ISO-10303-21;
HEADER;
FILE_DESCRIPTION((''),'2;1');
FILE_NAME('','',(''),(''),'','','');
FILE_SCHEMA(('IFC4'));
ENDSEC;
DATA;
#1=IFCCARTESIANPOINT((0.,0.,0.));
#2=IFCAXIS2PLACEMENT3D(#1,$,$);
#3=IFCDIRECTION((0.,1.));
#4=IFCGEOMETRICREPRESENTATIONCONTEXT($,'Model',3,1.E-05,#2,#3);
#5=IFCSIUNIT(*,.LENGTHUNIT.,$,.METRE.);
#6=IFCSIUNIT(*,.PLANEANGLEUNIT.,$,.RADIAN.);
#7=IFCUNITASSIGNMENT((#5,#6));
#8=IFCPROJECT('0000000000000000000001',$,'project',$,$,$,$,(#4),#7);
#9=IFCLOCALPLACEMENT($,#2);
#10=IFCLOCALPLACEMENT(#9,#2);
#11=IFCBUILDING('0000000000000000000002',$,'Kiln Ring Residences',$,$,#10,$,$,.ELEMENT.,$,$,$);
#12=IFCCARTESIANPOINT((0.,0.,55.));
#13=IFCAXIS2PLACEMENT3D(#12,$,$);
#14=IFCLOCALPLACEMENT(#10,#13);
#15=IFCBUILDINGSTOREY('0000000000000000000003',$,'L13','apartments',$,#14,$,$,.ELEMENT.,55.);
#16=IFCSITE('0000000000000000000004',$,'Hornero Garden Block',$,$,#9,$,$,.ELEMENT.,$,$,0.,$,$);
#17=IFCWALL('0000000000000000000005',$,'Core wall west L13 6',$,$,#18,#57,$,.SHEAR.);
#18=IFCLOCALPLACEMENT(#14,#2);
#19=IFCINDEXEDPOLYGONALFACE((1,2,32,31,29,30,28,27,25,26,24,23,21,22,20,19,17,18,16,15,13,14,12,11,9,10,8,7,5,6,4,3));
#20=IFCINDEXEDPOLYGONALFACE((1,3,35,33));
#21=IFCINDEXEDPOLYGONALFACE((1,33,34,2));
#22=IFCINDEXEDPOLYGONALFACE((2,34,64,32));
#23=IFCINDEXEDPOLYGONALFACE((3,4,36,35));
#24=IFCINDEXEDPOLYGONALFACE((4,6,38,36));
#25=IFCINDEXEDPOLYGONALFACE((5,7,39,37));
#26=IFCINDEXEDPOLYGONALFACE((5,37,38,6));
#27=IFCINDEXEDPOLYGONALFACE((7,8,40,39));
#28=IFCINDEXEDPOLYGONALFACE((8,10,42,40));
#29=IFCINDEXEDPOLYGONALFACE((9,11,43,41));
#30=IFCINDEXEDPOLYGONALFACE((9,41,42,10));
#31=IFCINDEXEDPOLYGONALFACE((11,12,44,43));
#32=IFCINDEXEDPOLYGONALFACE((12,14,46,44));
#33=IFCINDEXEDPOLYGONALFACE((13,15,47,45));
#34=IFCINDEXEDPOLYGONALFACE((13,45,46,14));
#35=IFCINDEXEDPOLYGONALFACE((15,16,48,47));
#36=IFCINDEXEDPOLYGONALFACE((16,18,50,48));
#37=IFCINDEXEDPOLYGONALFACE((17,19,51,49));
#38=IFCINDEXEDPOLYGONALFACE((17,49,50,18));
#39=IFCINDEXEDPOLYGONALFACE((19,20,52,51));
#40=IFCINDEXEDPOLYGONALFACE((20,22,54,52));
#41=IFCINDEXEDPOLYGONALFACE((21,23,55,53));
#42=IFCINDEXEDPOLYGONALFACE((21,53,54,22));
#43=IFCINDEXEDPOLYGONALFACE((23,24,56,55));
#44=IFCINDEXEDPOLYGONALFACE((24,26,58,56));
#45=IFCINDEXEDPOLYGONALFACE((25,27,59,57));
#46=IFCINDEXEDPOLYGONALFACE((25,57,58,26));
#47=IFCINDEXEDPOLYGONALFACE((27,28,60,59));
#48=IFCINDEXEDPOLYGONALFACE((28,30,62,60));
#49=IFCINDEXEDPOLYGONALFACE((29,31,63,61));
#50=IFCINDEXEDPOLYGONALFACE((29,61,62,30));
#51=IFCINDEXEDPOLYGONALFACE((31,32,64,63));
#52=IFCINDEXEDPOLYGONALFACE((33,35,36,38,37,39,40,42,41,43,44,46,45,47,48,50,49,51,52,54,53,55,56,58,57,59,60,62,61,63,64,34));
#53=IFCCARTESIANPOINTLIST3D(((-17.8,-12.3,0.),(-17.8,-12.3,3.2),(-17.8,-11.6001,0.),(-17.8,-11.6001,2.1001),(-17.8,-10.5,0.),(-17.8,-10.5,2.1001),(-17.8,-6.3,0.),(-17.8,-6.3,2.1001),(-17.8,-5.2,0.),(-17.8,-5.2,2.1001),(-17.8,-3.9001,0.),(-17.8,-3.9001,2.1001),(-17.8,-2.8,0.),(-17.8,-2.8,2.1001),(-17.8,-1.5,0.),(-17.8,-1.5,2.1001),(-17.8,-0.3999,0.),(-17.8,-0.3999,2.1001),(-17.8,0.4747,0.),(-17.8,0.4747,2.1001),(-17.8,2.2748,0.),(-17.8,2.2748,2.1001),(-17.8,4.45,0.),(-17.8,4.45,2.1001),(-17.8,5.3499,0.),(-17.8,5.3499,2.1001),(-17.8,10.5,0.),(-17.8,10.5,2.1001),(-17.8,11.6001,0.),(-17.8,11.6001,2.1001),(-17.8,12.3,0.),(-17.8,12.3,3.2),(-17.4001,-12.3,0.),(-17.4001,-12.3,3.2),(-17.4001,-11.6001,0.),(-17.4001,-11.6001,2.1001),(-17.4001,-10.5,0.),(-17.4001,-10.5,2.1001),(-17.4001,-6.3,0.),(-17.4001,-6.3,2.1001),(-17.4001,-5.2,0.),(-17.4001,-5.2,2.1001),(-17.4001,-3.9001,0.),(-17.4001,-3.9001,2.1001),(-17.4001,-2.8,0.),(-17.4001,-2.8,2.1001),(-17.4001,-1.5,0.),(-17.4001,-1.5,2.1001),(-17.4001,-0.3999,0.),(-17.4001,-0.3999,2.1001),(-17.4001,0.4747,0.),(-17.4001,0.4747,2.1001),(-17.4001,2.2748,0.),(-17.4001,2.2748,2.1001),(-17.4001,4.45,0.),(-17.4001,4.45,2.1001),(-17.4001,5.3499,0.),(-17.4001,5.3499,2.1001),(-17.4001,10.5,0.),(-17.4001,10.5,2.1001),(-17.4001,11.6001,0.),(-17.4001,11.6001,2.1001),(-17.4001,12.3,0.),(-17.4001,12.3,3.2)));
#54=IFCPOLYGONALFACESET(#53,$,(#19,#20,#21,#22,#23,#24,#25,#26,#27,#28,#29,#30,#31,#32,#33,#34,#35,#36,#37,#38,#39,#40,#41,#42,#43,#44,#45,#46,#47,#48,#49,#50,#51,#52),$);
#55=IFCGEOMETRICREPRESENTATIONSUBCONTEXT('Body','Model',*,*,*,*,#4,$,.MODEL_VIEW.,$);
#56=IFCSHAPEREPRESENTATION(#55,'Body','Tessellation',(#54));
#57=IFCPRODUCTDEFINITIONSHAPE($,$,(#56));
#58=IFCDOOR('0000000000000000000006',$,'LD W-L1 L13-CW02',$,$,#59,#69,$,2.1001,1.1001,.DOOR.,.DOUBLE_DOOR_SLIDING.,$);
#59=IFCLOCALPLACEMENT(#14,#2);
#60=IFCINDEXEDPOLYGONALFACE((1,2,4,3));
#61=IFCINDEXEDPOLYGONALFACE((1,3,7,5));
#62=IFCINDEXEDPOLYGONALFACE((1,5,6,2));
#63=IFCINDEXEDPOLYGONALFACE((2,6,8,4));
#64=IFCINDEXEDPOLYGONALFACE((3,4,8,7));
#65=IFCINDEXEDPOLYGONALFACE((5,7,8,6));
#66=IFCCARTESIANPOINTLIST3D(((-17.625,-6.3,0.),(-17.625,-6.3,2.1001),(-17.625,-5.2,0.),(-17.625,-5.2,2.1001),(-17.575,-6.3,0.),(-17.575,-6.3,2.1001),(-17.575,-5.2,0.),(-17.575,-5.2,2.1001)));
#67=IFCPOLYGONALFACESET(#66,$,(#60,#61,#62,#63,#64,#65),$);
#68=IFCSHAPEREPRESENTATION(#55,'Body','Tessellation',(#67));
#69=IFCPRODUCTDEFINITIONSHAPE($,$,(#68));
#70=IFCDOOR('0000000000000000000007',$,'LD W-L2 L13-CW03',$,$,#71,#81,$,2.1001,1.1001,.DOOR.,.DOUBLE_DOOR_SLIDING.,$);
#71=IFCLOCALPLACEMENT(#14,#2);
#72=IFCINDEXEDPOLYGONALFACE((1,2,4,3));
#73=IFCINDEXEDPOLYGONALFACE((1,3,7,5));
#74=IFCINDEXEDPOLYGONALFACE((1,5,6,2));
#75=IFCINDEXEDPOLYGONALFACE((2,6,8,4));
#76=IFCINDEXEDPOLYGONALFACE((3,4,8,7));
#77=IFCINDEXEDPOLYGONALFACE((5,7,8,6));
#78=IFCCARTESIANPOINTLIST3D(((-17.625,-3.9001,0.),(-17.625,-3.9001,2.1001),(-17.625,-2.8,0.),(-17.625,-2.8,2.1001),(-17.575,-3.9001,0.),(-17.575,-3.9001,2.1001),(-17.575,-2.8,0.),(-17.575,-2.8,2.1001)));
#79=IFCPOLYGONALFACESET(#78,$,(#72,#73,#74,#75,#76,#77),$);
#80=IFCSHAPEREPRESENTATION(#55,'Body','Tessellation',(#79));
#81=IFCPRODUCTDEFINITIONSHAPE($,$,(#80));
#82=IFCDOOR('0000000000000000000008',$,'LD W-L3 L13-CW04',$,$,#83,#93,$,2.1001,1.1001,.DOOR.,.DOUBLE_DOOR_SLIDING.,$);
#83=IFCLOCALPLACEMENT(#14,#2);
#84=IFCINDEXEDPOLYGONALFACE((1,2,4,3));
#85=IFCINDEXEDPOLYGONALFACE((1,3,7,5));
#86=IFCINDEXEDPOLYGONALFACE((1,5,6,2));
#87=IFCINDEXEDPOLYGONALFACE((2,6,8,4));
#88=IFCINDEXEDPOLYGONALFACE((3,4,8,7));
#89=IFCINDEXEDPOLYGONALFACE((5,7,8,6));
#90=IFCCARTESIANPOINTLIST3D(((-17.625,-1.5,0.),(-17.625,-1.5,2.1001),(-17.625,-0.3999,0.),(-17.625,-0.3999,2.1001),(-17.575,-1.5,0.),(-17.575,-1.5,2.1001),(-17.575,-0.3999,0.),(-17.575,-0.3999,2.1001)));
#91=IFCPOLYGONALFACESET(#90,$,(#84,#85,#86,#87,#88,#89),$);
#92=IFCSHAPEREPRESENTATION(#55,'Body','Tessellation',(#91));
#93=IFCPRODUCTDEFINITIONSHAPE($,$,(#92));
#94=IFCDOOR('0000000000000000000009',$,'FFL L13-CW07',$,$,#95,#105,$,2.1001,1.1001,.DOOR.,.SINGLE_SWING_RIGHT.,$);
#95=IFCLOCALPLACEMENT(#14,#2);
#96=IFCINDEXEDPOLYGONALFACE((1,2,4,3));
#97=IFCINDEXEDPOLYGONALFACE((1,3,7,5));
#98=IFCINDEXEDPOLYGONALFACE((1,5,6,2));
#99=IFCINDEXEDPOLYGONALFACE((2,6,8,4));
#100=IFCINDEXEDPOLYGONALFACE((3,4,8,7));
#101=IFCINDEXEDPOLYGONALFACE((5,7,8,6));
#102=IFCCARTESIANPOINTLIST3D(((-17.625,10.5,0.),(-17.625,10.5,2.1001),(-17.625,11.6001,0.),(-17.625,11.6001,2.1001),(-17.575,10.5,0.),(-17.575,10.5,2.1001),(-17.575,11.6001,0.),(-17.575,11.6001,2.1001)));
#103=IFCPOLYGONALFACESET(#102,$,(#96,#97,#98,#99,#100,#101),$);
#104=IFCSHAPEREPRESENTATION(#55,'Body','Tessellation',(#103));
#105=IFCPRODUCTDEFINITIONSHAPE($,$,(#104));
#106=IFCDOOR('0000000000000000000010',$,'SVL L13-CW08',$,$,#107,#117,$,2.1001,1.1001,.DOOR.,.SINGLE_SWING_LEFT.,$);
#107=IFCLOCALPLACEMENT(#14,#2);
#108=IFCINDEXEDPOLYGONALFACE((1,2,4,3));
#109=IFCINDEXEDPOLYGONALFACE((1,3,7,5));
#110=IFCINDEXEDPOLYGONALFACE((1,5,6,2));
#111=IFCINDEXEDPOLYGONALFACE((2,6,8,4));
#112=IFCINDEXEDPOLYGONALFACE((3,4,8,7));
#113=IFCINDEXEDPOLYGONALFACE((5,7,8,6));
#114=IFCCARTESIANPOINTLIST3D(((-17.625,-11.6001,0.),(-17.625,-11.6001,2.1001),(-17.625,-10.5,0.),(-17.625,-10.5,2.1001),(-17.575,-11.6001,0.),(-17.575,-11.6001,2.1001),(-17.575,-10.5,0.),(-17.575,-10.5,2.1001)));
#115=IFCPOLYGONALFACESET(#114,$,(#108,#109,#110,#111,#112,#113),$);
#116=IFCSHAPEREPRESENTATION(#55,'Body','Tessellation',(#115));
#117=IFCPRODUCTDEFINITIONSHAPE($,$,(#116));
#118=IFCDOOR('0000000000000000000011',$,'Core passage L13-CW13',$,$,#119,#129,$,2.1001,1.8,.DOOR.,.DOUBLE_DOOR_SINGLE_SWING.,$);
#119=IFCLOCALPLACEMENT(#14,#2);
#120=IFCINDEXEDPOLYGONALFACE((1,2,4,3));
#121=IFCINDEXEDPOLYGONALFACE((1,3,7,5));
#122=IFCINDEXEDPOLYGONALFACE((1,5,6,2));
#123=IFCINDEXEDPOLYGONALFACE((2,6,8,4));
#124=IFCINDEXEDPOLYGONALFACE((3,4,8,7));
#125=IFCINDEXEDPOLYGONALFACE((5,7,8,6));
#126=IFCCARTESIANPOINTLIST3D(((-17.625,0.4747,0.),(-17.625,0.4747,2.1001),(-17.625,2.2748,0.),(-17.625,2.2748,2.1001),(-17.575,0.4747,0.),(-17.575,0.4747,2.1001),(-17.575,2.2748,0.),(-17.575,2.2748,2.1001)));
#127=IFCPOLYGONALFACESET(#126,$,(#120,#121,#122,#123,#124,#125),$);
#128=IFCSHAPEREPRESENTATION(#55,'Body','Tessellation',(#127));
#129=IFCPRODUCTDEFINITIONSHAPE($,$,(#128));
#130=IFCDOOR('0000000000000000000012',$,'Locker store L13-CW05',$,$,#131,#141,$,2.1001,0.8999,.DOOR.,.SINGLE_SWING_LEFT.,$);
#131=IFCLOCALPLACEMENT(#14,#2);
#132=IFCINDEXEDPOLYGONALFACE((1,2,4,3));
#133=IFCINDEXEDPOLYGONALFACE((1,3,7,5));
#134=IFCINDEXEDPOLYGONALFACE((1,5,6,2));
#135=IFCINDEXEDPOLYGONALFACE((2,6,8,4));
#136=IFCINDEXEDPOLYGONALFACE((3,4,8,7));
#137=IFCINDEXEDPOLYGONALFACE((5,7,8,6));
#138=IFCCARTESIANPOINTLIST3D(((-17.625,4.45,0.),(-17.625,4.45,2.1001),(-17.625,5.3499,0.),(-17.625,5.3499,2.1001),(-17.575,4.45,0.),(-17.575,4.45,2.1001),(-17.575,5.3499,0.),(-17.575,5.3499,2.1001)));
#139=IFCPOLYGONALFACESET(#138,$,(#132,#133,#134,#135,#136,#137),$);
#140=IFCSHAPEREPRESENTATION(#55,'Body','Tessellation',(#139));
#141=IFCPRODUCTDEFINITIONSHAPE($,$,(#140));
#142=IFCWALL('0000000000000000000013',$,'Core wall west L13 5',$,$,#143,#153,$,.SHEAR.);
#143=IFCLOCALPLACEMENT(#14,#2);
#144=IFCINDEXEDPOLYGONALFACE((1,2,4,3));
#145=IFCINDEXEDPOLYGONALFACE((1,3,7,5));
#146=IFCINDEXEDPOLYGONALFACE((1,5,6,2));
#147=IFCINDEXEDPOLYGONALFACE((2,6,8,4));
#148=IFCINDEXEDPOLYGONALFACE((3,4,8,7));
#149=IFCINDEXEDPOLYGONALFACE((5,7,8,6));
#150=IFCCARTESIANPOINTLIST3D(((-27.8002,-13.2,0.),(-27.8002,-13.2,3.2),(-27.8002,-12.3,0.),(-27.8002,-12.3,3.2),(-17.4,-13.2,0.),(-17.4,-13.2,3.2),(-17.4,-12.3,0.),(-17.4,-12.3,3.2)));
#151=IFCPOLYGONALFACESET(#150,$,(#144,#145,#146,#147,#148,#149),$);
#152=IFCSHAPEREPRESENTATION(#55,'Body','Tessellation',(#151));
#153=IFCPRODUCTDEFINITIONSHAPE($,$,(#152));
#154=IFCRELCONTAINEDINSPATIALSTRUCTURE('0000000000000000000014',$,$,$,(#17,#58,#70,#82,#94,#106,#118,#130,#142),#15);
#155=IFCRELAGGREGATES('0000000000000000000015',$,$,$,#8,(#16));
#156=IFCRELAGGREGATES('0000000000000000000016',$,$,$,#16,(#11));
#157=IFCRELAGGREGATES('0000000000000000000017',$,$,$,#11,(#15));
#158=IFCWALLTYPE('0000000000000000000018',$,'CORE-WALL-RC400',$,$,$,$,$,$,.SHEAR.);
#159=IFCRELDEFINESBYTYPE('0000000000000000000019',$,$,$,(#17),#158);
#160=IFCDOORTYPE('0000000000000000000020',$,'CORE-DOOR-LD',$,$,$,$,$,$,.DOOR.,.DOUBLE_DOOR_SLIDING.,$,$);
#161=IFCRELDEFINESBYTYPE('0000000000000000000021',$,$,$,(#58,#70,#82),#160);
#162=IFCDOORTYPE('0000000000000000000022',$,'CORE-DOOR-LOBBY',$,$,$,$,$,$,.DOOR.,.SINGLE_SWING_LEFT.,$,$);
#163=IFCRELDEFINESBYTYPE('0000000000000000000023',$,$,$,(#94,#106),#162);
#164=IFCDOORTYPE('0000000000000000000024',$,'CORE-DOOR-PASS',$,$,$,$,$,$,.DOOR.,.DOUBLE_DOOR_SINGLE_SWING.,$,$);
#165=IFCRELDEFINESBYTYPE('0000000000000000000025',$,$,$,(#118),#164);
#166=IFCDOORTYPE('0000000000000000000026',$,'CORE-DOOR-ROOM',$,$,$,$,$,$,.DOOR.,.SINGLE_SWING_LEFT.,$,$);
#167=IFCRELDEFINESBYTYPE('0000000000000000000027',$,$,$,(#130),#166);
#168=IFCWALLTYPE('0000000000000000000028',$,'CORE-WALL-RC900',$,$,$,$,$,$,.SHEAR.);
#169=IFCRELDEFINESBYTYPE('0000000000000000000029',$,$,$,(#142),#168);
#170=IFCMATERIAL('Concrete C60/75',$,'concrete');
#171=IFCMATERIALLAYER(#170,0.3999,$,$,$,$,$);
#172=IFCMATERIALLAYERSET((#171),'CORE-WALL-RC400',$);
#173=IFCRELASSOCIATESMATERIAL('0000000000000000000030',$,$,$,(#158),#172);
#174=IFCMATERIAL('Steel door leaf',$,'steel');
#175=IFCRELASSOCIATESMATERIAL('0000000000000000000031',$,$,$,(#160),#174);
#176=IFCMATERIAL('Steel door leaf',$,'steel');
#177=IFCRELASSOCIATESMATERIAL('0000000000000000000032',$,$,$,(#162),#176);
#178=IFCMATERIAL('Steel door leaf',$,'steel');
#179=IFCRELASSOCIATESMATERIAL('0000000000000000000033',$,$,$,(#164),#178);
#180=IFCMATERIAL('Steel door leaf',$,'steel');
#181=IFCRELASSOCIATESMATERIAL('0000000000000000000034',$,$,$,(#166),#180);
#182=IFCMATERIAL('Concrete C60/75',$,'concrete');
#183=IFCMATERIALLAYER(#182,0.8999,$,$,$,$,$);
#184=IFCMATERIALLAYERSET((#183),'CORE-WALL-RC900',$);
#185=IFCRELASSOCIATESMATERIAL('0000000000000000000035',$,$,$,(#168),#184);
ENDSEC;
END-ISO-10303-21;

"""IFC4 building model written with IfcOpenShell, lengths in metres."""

from ifc_helpers import new_model, si_unit, direction, frame, frame_2d, origin, place, context, subcontext, project, spatial, rectangle, extrude, material, layer, layer_set, type_object, element, fill, save


model = new_model("IFC4")

# Units and contexts
model_context = context("Model", 3, precision=1e-05, world=origin(), true_north=direction((0.0, 1.0)))
body_context = subcontext(model_context, "Body", "Model", "MODEL_VIEW")
ifc_project = project(units=[si_unit("LENGTHUNIT", "METRE"), si_unit("PLANEANGLEUNIT", "RADIAN")], contexts=[model_context])

# Site, building, storey
site_placement = place(None, origin())
site = spatial("IfcSite", under=ifc_project, at=site_placement, Name="Hornero Garden Block", CompositionType="ELEMENT", RefElevation=0.0)
building_placement = place(site_placement, origin())
building = spatial("IfcBuilding", under=site, at=building_placement, Name="Kiln Ring Residences", CompositionType="ELEMENT")
storey_placement = place(building_placement, frame((0.0, 0.0, 55.0)))
storey = spatial("IfcBuildingStorey", under=building, at=storey_placement, Name="L13", Description="apartments", CompositionType="ELEMENT", Elevation=55.0)

# Wall, openings, doors
ifc_material_1 = material(Name="Concrete C60/75", Category="concrete")
ifc_layer_1 = layer(ifc_material_1, 0.3999)
ifc_layer_set_1 = layer_set([ifc_layer_1], Name="CORE-WALL-RC400")
wall_type_1 = type_object("IfcWallType", Name="CORE-WALL-RC400", PredefinedType="SHEAR", material=ifc_layer_set_1)
wall_1_placement = place(storey_placement, frame((-17.6001, -12.3, 0.0), z_axis=(0.0, 0.0, 1.0), x_axis=(0.0, 1.0, 0.0)))
wall_1 = element("IfcWall", 1, at=wall_1_placement, inside=storey, type_object=wall_type_1, Name="Core wall west L13 6", PredefinedType="SHEAR", context=body_context, shape_type="SweptSolid", body=[
    extrude(rectangle(XDim=24.6001, YDim=0.3999, at=frame_2d((12.3, 0.0))), origin(), (0.0, 0.0, 1.0), 3.2),
])
opening_1_placement = place(wall_1_placement, frame((6.0, 0.0, 0.0)))
opening_1 = element("IfcOpeningElement", 2, at=opening_1_placement, cuts=wall_1, PredefinedType="OPENING", context=body_context, shape_type="SweptSolid", body=[
    extrude(rectangle(XDim=1.1001, YDim=2.1001, at=frame_2d((0.55, 1.05))), frame((0.0, 0.21, 0.0), z_axis=(0.0, -1.0, 0.0), x_axis=(1.0, 0.0, 0.0)), (0.0, 0.0, 1.0), 0.4199),
])
opening_2_placement = place(wall_1_placement, frame((8.3999, 0.0, 0.0)))
opening_2 = element("IfcOpeningElement", 3, at=opening_2_placement, cuts=wall_1, PredefinedType="OPENING", context=body_context, shape_type="SweptSolid", body=[
    extrude(rectangle(XDim=1.1001, YDim=2.1001, at=frame_2d((0.55, 1.05))), frame((0.0, 0.21, 0.0), z_axis=(0.0, -1.0, 0.0), x_axis=(1.0, 0.0, 0.0)), (0.0, 0.0, 1.0), 0.4199),
])
opening_3_placement = place(wall_1_placement, frame((10.8, 0.0, 0.0)))
opening_3 = element("IfcOpeningElement", 4, at=opening_3_placement, cuts=wall_1, PredefinedType="OPENING", context=body_context, shape_type="SweptSolid", body=[
    extrude(rectangle(XDim=1.1001, YDim=2.1001, at=frame_2d((0.55, 1.05))), frame((0.0, 0.21, 0.0), z_axis=(0.0, -1.0, 0.0), x_axis=(1.0, 0.0, 0.0)), (0.0, 0.0, 1.0), 0.4199),
])
opening_4_placement = place(wall_1_placement, frame((16.75, 0.0, 0.0)))
opening_4 = element("IfcOpeningElement", 5, at=opening_4_placement, cuts=wall_1, PredefinedType="OPENING", context=body_context, shape_type="SweptSolid", body=[
    extrude(rectangle(XDim=0.8999, YDim=2.1001, at=frame_2d((0.45, 1.05))), frame((0.0, 0.21, 0.0), z_axis=(0.0, -1.0, 0.0), x_axis=(1.0, 0.0, 0.0)), (0.0, 0.0, 1.0), 0.4199),
])
opening_5_placement = place(wall_1_placement, frame((22.8, 0.0, 0.0)))
opening_5 = element("IfcOpeningElement", 6, at=opening_5_placement, cuts=wall_1, PredefinedType="OPENING", context=body_context, shape_type="SweptSolid", body=[
    extrude(rectangle(XDim=1.1001, YDim=2.1001, at=frame_2d((0.55, 1.05))), frame((0.0, 0.21, 0.0), z_axis=(0.0, -1.0, 0.0), x_axis=(1.0, 0.0, 0.0)), (0.0, 0.0, 1.0), 0.4199),
])
opening_6_placement = place(wall_1_placement, frame((0.7, 0.0, 0.0)))
opening_6 = element("IfcOpeningElement", 7, at=opening_6_placement, cuts=wall_1, PredefinedType="OPENING", context=body_context, shape_type="SweptSolid", body=[
    extrude(rectangle(XDim=1.1001, YDim=2.1001, at=frame_2d((0.55, 1.05))), frame((0.0, 0.21, 0.0), z_axis=(0.0, -1.0, 0.0), x_axis=(1.0, 0.0, 0.0)), (0.0, 0.0, 1.0), 0.4199),
])
opening_7_placement = place(wall_1_placement, frame((12.7749, 0.0, 0.0)))
opening_7 = element("IfcOpeningElement", 8, at=opening_7_placement, cuts=wall_1, PredefinedType="OPENING", context=body_context, shape_type="SweptSolid", body=[
    extrude(rectangle(XDim=1.8, YDim=2.1001, at=frame_2d((0.8999, 1.05))), frame((0.0, 0.21, 0.0), z_axis=(0.0, -1.0, 0.0), x_axis=(1.0, 0.0, 0.0)), (0.0, 0.0, 1.0), 0.4199),
])
ifc_material_2 = material(Name="Steel door leaf", Category="steel")
door_type_1 = type_object("IfcDoorType", Name="CORE-DOOR-LD", OperationType="DOUBLE_DOOR_SLIDING", PredefinedType="DOOR", material=ifc_material_2)
door_1_placement = place(opening_1_placement, origin())
door_1 = element("IfcDoor", 9, at=door_1_placement, inside=storey, type_object=door_type_1, Name="LD W-L1 L13-CW02", OperationType="DOUBLE_DOOR_SLIDING", OverallHeight=2.1001, OverallWidth=1.1001, PredefinedType="DOOR", context=body_context, shape_type="SweptSolid", body=[
    extrude(rectangle(XDim=1.1001, YDim=2.1001, at=frame_2d((0.55, 1.05))), frame((0.0, 0.0249, 0.0), z_axis=(0.0, -1.0, 0.0), x_axis=(1.0, 0.0, 0.0)), (0.0, 0.0, 1.0), 0.05),
])
fill(opening_1, door_1)
door_2_placement = place(opening_2_placement, origin())
door_2 = element("IfcDoor", 10, at=door_2_placement, inside=storey, type_object=door_type_1, Name="LD W-L2 L13-CW03", OperationType="DOUBLE_DOOR_SLIDING", OverallHeight=2.1001, OverallWidth=1.1001, PredefinedType="DOOR", context=body_context, shape_type="SweptSolid", body=[
    extrude(rectangle(XDim=1.1001, YDim=2.1001, at=frame_2d((0.55, 1.05))), frame((0.0, 0.0249, 0.0), z_axis=(0.0, -1.0, 0.0), x_axis=(1.0, 0.0, 0.0)), (0.0, 0.0, 1.0), 0.05),
])
fill(opening_2, door_2)
door_3_placement = place(opening_3_placement, origin())
door_3 = element("IfcDoor", 11, at=door_3_placement, inside=storey, type_object=door_type_1, Name="LD W-L3 L13-CW04", OperationType="DOUBLE_DOOR_SLIDING", OverallHeight=2.1001, OverallWidth=1.1001, PredefinedType="DOOR", context=body_context, shape_type="SweptSolid", body=[
    extrude(rectangle(XDim=1.1001, YDim=2.1001, at=frame_2d((0.55, 1.05))), frame((0.0, 0.0249, 0.0), z_axis=(0.0, -1.0, 0.0), x_axis=(1.0, 0.0, 0.0)), (0.0, 0.0, 1.0), 0.05),
])
fill(opening_3, door_3)
ifc_material_3 = material(Name="Steel door leaf", Category="steel")
door_type_2 = type_object("IfcDoorType", Name="CORE-DOOR-LOBBY", OperationType="SINGLE_SWING_LEFT", PredefinedType="DOOR", material=ifc_material_3)
door_4_placement = place(opening_5_placement, origin())
door_4 = element("IfcDoor", 12, at=door_4_placement, inside=storey, type_object=door_type_2, Name="FFL L13-CW07", OperationType="SINGLE_SWING_RIGHT", OverallHeight=2.1001, OverallWidth=1.1001, PredefinedType="DOOR", context=body_context, shape_type="SweptSolid", body=[
    extrude(rectangle(XDim=1.1001, YDim=2.1001, at=frame_2d((0.55, 1.05))), frame((0.0, 0.0249, 0.0), z_axis=(0.0, -1.0, 0.0), x_axis=(1.0, 0.0, 0.0)), (0.0, 0.0, 1.0), 0.05),
])
fill(opening_5, door_4)
door_5_placement = place(opening_6_placement, origin())
door_5 = element("IfcDoor", 13, at=door_5_placement, inside=storey, type_object=door_type_2, Name="SVL L13-CW08", OperationType="SINGLE_SWING_LEFT", OverallHeight=2.1001, OverallWidth=1.1001, PredefinedType="DOOR", context=body_context, shape_type="SweptSolid", body=[
    extrude(rectangle(XDim=1.1001, YDim=2.1001, at=frame_2d((0.55, 1.05))), frame((0.0, 0.0249, 0.0), z_axis=(0.0, -1.0, 0.0), x_axis=(1.0, 0.0, 0.0)), (0.0, 0.0, 1.0), 0.05),
])
fill(opening_6, door_5)
ifc_material_4 = material(Name="Steel door leaf", Category="steel")
door_type_3 = type_object("IfcDoorType", Name="CORE-DOOR-PASS", OperationType="DOUBLE_DOOR_SINGLE_SWING", PredefinedType="DOOR", material=ifc_material_4)
door_6_placement = place(opening_7_placement, origin())
door_6 = element("IfcDoor", 14, at=door_6_placement, inside=storey, type_object=door_type_3, Name="Core passage L13-CW13", OperationType="DOUBLE_DOOR_SINGLE_SWING", OverallHeight=2.1001, OverallWidth=1.8, PredefinedType="DOOR", context=body_context, shape_type="SweptSolid", body=[
    extrude(rectangle(XDim=1.8, YDim=2.1001, at=frame_2d((0.8999, 1.05))), frame((0.0, 0.0249, 0.0), z_axis=(0.0, -1.0, 0.0), x_axis=(1.0, 0.0, 0.0)), (0.0, 0.0, 1.0), 0.05),
])
fill(opening_7, door_6)
ifc_material_5 = material(Name="Steel door leaf", Category="steel")
door_type_4 = type_object("IfcDoorType", Name="CORE-DOOR-ROOM", OperationType="SINGLE_SWING_LEFT", PredefinedType="DOOR", material=ifc_material_5)
door_7_placement = place(opening_4_placement, origin())
door_7 = element("IfcDoor", 15, at=door_7_placement, inside=storey, type_object=door_type_4, Name="Locker store L13-CW05", OperationType="SINGLE_SWING_LEFT", OverallHeight=2.1001, OverallWidth=0.8999, PredefinedType="DOOR", context=body_context, shape_type="SweptSolid", body=[
    extrude(rectangle(XDim=0.8999, YDim=2.1001, at=frame_2d((0.45, 1.05))), frame((0.0, 0.0249, 0.0), z_axis=(0.0, -1.0, 0.0), x_axis=(1.0, 0.0, 0.0)), (0.0, 0.0, 1.0), 0.05),
])
fill(opening_4, door_7)

# Wall
ifc_material_6 = material(Name="Concrete C60/75", Category="concrete")
ifc_layer_2 = layer(ifc_material_6, 0.8999)
ifc_layer_set_2 = layer_set([ifc_layer_2], Name="CORE-WALL-RC900")
wall_type_2 = type_object("IfcWallType", Name="CORE-WALL-RC900", PredefinedType="SHEAR", material=ifc_layer_set_2)
wall_2_placement = place(storey_placement, frame((-17.3999, -12.75, 0.0), z_axis=(0.0, 0.0, 1.0), x_axis=(-1.0, 0.0, 0.0)))
element("IfcWall", 16, at=wall_2_placement, inside=storey, type_object=wall_type_2, Name="Core wall west L13 5", PredefinedType="SHEAR", context=body_context, shape_type="SweptSolid", body=[
    extrude(rectangle(XDim=10.4001, YDim=0.8999, at=frame_2d((5.2002, 0.0))), origin(), (0.0, 0.0, 1.0), 3.2),
])

save(model, "model.ifc")
